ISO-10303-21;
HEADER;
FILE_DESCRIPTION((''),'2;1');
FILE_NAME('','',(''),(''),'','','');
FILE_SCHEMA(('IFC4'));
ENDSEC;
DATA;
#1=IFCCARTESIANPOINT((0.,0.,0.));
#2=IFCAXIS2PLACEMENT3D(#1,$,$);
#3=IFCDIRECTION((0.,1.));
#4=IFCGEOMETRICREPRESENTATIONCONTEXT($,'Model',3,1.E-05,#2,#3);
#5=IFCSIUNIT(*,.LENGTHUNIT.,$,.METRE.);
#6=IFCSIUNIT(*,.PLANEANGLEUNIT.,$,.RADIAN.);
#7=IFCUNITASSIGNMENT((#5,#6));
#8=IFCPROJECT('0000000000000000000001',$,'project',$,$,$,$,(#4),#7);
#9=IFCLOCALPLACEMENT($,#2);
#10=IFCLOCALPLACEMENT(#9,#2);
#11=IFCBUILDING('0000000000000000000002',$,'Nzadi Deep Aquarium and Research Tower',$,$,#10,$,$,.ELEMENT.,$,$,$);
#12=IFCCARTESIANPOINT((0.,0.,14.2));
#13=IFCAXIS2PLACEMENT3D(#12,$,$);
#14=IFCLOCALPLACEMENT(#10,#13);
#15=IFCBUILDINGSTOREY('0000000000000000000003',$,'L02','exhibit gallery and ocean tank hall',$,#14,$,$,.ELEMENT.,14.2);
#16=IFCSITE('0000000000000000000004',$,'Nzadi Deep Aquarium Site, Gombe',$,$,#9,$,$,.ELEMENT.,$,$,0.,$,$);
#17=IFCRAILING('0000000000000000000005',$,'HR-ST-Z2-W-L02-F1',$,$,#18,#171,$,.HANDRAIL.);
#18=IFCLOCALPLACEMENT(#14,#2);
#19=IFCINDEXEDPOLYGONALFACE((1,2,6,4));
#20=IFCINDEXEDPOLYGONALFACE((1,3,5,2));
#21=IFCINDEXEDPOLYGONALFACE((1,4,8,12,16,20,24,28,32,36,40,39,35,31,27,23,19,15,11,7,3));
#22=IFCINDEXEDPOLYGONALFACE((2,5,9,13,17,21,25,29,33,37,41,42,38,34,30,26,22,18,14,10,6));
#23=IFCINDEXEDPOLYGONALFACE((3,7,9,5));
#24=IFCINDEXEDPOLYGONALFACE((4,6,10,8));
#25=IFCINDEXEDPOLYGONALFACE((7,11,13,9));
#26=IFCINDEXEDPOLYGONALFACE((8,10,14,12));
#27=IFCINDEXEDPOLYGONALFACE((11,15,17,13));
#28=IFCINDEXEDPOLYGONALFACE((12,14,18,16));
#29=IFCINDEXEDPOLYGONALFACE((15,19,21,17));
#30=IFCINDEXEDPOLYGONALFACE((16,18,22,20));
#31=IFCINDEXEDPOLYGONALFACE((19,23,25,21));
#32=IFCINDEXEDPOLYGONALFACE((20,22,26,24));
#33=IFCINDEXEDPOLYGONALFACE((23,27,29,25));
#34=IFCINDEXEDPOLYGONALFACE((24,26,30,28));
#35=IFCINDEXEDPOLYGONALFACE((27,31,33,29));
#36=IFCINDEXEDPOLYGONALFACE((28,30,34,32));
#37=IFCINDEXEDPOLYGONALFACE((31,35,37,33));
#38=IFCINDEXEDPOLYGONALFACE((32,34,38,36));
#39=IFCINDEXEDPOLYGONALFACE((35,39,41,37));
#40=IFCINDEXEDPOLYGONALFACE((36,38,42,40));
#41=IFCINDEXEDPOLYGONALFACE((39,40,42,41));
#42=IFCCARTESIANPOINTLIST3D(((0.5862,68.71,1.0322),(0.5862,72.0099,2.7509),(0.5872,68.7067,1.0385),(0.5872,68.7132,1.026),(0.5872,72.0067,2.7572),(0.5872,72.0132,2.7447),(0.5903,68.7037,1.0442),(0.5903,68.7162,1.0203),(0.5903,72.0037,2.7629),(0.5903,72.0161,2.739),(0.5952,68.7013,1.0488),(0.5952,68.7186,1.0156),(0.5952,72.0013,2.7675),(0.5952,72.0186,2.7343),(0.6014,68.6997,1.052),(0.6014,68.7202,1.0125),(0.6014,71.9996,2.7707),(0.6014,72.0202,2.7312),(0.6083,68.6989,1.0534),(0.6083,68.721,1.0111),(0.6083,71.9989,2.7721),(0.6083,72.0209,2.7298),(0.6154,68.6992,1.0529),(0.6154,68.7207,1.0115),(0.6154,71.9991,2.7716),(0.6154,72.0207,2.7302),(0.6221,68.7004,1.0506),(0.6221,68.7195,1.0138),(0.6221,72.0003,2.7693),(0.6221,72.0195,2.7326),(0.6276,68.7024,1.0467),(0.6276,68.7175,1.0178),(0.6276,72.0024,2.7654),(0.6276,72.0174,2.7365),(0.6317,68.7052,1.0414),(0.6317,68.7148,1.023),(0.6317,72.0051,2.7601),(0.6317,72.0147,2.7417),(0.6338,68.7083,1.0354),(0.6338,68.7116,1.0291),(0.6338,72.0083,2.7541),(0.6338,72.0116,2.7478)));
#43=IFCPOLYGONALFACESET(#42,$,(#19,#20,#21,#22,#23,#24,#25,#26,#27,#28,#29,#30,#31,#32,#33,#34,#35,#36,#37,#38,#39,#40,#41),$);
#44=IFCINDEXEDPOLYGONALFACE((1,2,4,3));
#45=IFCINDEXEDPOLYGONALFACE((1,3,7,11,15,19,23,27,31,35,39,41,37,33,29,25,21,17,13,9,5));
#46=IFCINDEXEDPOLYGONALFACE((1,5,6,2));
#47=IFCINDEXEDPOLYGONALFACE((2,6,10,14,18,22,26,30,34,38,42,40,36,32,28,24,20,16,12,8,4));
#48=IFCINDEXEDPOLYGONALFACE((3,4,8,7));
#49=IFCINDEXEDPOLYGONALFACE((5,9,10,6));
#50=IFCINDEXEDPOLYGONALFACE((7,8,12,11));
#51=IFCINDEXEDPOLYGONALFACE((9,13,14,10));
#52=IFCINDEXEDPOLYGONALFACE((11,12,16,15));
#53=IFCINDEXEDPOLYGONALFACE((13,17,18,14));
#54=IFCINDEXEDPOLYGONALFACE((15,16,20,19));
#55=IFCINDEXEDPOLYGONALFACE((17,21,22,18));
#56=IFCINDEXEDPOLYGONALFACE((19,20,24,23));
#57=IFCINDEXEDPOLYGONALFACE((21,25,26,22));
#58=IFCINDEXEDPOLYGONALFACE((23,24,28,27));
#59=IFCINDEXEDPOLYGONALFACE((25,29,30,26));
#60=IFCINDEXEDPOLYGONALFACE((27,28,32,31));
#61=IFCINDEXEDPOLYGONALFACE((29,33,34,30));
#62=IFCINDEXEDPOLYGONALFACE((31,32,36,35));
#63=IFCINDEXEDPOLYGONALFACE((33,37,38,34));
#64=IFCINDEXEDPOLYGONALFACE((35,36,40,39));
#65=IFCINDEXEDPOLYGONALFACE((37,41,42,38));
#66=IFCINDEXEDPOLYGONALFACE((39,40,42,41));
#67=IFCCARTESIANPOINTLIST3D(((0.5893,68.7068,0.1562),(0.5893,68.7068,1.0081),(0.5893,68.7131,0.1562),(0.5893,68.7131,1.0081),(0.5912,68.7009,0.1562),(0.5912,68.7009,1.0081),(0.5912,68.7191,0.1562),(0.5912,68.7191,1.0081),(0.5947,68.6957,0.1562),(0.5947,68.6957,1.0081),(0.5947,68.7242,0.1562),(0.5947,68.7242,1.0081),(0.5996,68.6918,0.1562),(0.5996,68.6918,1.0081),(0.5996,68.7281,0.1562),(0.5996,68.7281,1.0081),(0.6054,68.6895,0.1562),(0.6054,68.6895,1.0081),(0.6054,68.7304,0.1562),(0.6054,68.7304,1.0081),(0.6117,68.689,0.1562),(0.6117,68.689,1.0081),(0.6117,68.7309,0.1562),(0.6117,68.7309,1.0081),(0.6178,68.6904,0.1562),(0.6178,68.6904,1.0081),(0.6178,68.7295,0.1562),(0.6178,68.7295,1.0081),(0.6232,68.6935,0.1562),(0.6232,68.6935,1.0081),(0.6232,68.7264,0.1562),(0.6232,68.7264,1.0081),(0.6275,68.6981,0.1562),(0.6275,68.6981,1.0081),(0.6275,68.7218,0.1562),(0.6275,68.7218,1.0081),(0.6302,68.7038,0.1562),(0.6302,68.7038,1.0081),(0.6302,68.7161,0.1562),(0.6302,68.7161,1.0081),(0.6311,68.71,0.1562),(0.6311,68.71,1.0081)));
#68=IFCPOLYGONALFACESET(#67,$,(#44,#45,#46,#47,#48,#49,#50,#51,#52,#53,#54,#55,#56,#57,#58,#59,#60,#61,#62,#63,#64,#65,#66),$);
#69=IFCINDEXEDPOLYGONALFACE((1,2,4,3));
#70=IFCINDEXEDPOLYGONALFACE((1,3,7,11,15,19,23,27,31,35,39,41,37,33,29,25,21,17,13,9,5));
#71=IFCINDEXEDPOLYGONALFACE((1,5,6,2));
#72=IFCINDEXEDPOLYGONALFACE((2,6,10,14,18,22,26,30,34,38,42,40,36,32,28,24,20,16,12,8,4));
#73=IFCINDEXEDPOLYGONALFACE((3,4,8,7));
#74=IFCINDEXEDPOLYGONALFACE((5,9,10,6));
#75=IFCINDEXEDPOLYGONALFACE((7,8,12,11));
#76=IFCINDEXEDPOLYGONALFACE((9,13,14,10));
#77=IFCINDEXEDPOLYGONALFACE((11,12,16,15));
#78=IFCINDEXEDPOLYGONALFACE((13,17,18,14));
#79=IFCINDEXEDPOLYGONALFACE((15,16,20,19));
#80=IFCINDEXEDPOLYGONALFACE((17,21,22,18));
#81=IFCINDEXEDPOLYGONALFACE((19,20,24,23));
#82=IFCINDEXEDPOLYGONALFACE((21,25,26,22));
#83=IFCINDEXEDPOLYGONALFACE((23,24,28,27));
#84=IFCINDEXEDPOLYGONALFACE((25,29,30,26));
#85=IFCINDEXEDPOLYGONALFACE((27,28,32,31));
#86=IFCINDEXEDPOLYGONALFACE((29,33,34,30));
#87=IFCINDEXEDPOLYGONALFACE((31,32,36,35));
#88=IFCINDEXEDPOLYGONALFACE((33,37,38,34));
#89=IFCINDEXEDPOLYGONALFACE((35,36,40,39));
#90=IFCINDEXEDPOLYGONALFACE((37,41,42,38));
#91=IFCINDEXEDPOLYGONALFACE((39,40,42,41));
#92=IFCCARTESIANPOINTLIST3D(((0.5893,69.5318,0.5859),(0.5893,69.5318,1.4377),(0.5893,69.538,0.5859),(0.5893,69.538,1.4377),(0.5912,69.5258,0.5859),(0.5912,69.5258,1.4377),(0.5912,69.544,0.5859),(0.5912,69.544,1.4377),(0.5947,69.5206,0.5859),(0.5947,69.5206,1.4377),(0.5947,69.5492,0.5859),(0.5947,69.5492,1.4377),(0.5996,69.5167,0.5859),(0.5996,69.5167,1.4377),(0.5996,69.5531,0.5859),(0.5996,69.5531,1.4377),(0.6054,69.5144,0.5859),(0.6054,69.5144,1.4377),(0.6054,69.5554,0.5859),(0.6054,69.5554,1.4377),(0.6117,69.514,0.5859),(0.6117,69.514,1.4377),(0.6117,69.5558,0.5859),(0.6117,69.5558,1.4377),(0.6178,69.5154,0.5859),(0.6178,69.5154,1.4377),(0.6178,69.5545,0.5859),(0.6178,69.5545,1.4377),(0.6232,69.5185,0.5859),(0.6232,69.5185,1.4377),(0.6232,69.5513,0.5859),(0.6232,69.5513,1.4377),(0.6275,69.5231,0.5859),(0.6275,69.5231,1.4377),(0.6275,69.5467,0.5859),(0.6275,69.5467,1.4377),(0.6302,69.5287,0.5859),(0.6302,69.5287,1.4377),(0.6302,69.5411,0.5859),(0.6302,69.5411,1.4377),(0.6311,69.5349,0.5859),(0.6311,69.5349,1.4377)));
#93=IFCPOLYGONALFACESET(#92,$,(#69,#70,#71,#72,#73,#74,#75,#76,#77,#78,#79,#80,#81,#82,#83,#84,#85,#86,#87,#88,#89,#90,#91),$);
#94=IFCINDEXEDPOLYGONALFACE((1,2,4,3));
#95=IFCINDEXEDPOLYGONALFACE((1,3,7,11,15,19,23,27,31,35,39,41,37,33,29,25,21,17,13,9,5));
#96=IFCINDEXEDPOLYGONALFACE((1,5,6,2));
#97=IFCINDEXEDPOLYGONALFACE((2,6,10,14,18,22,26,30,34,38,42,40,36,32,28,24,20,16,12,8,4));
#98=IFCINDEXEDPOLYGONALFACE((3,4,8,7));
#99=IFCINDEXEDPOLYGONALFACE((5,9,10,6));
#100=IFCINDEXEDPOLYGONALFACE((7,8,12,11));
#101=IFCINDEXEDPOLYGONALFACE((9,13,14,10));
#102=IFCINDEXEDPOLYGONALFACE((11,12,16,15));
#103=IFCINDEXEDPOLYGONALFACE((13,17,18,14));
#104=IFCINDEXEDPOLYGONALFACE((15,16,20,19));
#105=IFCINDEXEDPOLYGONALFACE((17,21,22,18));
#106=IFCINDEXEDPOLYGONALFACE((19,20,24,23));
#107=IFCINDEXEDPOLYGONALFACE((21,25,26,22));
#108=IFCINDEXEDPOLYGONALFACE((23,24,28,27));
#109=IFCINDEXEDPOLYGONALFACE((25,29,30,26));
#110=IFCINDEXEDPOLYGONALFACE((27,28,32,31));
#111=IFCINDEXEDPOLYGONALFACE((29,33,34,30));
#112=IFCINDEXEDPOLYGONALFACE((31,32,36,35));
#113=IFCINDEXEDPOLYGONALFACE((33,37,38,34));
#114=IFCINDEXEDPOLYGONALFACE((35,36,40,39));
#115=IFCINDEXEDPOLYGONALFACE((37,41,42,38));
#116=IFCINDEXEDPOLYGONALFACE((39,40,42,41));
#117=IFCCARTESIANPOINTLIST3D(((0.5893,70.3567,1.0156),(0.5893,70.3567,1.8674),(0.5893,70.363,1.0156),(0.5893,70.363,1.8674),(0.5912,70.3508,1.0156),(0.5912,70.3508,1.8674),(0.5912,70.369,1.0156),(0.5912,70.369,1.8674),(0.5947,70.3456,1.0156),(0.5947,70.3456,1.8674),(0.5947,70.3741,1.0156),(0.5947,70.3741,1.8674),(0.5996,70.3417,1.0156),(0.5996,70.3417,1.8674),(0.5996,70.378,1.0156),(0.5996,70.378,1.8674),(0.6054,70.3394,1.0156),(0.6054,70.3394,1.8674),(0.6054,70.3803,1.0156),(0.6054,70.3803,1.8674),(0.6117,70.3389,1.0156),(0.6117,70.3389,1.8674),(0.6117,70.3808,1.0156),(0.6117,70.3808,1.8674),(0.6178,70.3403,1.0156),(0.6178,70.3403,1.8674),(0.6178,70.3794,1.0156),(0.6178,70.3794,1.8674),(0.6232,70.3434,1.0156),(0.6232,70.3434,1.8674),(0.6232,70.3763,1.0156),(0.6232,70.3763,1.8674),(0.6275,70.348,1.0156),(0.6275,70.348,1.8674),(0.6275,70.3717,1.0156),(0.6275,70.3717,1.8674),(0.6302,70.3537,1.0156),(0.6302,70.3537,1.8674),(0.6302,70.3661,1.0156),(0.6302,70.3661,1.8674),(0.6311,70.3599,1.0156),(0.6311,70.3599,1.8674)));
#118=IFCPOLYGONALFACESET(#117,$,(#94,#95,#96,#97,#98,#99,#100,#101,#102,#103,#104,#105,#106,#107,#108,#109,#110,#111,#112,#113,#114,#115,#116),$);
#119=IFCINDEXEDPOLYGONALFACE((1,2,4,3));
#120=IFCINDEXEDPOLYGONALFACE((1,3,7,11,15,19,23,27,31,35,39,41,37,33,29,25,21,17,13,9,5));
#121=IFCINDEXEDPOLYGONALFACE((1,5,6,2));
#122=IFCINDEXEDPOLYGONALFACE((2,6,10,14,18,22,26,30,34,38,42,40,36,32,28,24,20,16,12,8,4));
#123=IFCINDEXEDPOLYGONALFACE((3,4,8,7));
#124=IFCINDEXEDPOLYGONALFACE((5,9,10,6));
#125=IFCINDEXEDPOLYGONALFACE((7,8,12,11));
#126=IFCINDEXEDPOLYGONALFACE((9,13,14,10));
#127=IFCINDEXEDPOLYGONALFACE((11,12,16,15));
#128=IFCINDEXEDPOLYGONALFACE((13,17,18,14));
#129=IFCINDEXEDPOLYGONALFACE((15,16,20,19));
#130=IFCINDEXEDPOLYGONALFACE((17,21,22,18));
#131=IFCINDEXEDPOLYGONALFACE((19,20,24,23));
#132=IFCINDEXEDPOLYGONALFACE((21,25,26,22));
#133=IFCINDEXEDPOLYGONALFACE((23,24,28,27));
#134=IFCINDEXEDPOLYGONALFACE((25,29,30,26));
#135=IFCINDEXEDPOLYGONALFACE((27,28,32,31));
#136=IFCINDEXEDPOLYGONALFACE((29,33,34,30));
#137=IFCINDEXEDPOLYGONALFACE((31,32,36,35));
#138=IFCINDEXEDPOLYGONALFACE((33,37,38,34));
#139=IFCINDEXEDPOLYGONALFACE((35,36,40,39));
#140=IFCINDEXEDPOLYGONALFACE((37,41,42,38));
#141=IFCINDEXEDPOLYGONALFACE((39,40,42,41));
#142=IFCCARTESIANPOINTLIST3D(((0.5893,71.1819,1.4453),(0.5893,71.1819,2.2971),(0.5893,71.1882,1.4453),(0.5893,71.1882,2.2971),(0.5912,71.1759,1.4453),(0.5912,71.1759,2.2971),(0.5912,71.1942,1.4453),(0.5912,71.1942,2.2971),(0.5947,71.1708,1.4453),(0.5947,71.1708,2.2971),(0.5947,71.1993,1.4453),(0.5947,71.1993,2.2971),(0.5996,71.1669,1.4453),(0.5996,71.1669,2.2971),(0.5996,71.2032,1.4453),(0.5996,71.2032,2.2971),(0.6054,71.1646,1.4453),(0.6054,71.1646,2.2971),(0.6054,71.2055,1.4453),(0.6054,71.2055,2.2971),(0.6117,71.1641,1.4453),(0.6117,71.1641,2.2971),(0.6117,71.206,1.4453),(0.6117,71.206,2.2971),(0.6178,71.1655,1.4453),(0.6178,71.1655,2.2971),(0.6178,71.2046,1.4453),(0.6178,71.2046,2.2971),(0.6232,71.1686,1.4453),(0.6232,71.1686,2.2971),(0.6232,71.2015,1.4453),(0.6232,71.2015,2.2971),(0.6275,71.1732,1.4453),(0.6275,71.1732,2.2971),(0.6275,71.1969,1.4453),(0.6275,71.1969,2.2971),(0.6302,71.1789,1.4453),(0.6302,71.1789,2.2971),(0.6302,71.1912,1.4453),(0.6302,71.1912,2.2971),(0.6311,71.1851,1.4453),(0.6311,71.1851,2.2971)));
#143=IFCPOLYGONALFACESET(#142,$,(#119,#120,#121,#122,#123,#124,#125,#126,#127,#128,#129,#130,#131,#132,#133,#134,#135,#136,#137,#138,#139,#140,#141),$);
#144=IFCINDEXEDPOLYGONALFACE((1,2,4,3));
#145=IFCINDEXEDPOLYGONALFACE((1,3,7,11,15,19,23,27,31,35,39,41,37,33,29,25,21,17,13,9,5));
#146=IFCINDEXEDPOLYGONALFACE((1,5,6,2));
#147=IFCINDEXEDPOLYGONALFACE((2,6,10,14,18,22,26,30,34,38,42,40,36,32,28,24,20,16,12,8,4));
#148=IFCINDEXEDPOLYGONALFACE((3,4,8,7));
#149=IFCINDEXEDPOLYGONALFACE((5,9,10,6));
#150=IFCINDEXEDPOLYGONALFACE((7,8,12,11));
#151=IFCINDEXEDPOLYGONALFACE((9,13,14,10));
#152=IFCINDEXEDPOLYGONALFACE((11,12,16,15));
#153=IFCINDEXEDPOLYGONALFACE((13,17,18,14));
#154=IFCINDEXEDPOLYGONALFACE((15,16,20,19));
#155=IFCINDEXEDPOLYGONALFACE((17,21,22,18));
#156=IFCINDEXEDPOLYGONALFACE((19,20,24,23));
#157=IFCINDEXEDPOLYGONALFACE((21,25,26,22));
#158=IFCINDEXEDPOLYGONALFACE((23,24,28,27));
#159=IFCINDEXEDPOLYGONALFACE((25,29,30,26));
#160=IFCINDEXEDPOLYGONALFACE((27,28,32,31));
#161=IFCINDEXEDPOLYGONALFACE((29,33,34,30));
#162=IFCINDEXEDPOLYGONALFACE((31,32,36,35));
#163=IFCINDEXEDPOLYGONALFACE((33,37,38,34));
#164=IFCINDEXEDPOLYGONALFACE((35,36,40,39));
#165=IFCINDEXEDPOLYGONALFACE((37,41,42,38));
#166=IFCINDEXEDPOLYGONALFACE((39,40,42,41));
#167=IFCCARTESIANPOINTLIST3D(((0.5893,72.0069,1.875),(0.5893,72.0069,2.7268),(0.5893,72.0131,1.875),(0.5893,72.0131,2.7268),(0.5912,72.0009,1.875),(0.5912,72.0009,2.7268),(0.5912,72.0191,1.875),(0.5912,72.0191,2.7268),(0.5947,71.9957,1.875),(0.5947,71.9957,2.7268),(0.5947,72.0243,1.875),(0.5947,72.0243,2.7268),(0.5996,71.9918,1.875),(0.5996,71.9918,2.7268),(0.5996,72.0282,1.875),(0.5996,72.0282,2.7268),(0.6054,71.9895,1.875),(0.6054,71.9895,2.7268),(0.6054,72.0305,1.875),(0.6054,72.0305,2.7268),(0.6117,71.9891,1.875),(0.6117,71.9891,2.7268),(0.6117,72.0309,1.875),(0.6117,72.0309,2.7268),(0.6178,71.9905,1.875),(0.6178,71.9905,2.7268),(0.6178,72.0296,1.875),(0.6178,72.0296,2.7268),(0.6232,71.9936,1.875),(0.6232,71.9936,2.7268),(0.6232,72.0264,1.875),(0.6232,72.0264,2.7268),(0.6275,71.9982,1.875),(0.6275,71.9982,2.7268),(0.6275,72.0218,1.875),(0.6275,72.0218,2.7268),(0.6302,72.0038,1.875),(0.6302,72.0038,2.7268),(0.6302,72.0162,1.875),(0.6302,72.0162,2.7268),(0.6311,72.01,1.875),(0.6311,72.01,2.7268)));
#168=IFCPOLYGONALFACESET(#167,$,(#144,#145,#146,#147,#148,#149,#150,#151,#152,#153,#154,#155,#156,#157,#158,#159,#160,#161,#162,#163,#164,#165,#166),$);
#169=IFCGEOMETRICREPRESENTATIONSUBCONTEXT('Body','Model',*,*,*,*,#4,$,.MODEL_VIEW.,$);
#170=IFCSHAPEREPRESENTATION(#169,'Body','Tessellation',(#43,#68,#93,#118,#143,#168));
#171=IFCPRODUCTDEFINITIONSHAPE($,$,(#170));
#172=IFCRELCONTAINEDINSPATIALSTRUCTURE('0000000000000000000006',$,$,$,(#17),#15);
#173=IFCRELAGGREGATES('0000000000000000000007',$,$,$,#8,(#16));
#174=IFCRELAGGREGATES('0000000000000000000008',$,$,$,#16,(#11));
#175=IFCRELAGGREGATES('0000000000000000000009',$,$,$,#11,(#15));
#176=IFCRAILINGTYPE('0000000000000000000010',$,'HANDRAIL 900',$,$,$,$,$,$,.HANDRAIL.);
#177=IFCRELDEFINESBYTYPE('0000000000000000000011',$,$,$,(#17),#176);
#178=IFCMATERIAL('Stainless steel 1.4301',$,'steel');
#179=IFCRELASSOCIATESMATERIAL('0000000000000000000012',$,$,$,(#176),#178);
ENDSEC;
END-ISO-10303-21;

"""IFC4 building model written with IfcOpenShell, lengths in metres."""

from ifc_helpers import new_model, si_unit, direction, frame, origin, origin_2d, place, context, subcontext, project, spatial, circle, extrude, material, type_object, element, save


model = new_model("IFC4")

# Units and contexts
model_context = context("Model", 3, precision=1e-05, world=origin(), true_north=direction((0.0, 1.0)))
body_context = subcontext(model_context, "Body", "Model", "MODEL_VIEW")
ifc_project = project(units=[si_unit("LENGTHUNIT", "METRE"), si_unit("PLANEANGLEUNIT", "RADIAN")], contexts=[model_context])

# Site, building, storey
site_placement = place(None, origin())
site = spatial("IfcSite", under=ifc_project, at=site_placement, Name="Nzadi Deep Aquarium Site, Gombe", CompositionType="ELEMENT", RefElevation=0.0)
building_placement = place(site_placement, origin())
building = spatial("IfcBuilding", under=site, at=building_placement, Name="Nzadi Deep Aquarium and Research Tower", CompositionType="ELEMENT")
storey_placement = place(building_placement, frame((0.0, 0.0, 14.2)))
storey = spatial("IfcBuildingStorey", under=building, at=storey_placement, Name="L02", Description="exhibit gallery and ocean tank hall", CompositionType="ELEMENT", Elevation=14.2)

# Railing
ifc_material_1 = material(Name="Stainless steel 1.4301", Category="steel")
railing_type = type_object("IfcRailingType", Name="HANDRAIL 900", PredefinedType="HANDRAIL", material=ifc_material_1)
for number, where, name in (
    (1, (0.6101, 68.71, 0.1562), "HR-ST-Z2-W-L02-F1"),
):
    element("IfcRailing", number, at=place(storey_placement, frame(where)), inside=storey, type_object=railing_type, Name=name, PredefinedType="HANDRAIL", context=body_context, shape_type="SweptSolid", body=[
        extrude(circle(Radius=0.0239, at=origin_2d()), frame((0.0, 0.0, 0.876), z_axis=(0.0, 0.886917, 0.461929), x_axis=(-1.0, 0.0, 0.0)), (0.0, 0.0, 1.0), 3.7207),
        extrude(circle(Radius=0.021, at=origin_2d()), origin(), (0.0, 0.0, 1.0), 0.8518),
        extrude(circle(Radius=0.021, at=origin_2d()), frame((0.0, 0.825, 0.4297)), (0.0, 0.0, 1.0), 0.8518),
        extrude(circle(Radius=0.021, at=origin_2d()), frame((0.0, 1.6499, 0.8594)), (0.0, 0.0, 1.0), 0.8518),
        extrude(circle(Radius=0.021, at=origin_2d()), frame((0.0, 2.4751, 1.2891)), (0.0, 0.0, 1.0), 0.8518),
        extrude(circle(Radius=0.021, at=origin_2d()), frame((0.0, 3.3, 1.7188)), (0.0, 0.0, 1.0), 0.8518),
    ])

save(model, "model.ifc")
